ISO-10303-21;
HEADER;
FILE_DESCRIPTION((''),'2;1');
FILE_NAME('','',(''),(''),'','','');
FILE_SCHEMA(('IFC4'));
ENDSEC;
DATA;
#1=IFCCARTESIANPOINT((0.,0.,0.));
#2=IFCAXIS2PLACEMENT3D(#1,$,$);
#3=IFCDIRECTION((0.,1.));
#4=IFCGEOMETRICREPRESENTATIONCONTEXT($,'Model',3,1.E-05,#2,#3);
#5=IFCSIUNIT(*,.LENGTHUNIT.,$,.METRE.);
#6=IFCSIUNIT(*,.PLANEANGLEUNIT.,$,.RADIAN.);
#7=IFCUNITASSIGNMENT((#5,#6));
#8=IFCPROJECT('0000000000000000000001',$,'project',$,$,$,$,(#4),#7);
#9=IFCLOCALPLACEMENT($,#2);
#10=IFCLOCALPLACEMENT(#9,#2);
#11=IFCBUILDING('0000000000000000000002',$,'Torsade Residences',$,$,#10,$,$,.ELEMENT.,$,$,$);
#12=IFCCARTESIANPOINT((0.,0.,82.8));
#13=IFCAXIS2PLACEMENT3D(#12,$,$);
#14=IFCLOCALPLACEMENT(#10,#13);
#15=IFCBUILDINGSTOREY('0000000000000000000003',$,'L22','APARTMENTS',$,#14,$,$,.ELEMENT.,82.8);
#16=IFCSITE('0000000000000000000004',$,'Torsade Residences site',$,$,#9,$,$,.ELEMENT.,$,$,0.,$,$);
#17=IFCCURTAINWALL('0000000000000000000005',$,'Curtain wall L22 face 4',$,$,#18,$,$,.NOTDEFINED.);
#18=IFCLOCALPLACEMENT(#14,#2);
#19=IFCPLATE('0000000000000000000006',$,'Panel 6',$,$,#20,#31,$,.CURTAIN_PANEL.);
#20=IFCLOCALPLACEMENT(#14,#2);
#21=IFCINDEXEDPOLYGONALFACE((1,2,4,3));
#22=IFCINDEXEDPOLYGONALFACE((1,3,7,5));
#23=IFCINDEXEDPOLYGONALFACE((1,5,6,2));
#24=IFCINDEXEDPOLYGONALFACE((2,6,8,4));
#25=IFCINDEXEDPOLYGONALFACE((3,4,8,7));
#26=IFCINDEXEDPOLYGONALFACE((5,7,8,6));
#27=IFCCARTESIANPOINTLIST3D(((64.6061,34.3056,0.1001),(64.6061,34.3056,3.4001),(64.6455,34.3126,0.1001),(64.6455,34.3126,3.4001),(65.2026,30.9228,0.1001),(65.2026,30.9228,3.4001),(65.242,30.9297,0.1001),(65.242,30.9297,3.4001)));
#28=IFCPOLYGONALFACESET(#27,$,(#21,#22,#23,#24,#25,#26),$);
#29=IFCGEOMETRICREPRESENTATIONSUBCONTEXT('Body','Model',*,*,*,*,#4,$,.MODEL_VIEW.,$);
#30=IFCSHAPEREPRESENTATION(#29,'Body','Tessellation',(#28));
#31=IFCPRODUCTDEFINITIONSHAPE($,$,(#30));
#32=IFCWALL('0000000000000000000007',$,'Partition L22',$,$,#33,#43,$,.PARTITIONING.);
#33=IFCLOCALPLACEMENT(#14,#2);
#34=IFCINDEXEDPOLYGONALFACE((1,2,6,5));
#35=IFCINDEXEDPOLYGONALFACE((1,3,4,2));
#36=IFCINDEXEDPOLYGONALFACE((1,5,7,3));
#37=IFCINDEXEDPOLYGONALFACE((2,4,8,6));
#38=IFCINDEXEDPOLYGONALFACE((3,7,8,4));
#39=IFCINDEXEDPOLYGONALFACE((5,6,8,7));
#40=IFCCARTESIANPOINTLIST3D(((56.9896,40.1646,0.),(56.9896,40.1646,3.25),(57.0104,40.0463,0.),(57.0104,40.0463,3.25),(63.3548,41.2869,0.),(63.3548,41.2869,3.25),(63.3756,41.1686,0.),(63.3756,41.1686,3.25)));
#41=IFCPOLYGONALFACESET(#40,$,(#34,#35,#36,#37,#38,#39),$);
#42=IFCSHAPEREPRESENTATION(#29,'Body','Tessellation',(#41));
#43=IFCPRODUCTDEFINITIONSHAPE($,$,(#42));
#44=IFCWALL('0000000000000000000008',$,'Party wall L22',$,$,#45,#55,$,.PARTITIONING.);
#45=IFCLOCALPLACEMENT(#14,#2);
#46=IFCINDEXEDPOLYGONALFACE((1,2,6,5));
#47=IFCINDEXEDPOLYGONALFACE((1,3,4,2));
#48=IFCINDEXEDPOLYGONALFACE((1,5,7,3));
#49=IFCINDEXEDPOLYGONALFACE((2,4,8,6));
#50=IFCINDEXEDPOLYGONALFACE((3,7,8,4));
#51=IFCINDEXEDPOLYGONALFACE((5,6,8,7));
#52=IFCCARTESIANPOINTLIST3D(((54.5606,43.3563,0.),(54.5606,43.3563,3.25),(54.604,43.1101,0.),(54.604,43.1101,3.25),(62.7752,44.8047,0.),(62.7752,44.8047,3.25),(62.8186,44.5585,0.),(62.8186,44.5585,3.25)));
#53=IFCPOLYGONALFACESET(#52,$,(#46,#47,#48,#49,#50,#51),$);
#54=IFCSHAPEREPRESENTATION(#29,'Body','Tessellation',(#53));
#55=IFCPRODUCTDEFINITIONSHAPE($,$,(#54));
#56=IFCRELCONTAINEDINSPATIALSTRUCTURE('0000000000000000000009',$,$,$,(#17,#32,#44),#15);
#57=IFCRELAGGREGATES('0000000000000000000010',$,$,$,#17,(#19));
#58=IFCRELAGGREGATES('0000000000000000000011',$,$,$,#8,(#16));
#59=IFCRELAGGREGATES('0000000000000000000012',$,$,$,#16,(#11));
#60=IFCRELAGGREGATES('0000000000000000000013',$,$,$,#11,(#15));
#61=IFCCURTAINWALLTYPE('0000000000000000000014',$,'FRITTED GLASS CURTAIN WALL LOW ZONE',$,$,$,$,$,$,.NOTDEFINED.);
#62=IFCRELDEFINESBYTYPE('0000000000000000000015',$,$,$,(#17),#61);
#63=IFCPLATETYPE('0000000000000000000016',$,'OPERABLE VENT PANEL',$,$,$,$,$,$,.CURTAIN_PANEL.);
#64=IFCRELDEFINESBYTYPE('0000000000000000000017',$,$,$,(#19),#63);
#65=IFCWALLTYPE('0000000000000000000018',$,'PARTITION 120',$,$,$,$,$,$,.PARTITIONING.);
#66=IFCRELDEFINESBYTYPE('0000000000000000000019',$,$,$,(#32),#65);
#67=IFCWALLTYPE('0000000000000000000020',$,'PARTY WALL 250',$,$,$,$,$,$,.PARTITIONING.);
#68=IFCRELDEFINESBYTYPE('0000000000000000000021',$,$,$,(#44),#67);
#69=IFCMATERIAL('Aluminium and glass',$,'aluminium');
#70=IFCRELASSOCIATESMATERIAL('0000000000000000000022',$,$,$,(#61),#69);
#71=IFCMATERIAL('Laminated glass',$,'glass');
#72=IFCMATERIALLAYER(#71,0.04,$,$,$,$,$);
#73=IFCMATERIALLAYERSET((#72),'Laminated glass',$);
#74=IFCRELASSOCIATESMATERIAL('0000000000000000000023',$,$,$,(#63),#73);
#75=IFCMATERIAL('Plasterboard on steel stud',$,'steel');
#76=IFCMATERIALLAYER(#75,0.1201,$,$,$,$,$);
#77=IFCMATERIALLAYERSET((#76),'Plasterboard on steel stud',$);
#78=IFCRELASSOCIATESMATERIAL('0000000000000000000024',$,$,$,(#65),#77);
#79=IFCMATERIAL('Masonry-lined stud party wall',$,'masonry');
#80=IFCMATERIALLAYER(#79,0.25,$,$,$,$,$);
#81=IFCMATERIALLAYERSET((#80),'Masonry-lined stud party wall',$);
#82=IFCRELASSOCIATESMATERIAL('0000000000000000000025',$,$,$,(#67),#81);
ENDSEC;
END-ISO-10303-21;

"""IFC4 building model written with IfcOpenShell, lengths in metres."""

from ifc_helpers import new_model, si_unit, direction, frame, frame_2d, origin, origin_2d, place, context, subcontext, project, spatial, rectangle, extrude, material, layer, layer_set, type_object, element, aggregate, save


model = new_model("IFC4")

# Units and contexts
model_context = context("Model", 3, precision=1e-05, world=origin(), true_north=direction((0.0, 1.0)))
body_context = subcontext(model_context, "Body", "Model", "MODEL_VIEW")
ifc_project = project(units=[si_unit("LENGTHUNIT", "METRE"), si_unit("PLANEANGLEUNIT", "RADIAN")], contexts=[model_context])

# Site, building, storey
site_placement = place(None, origin())
site = spatial("IfcSite", under=ifc_project, at=site_placement, Name="Torsade Residences site", CompositionType="ELEMENT", RefElevation=0.0)
building_placement = place(site_placement, origin())
building = spatial("IfcBuilding", under=site, at=building_placement, Name="Torsade Residences", CompositionType="ELEMENT")
storey_placement = place(building_placement, frame((0.0, 0.0, 82.8)))
storey = spatial("IfcBuildingStorey", under=building, at=storey_placement, Name="L22", Description="APARTMENTS", CompositionType="ELEMENT", Elevation=82.8)

# Curtain wall
ifc_material_1 = material(Name="Aluminium and glass", Category="aluminium")
curtain_wall_type = type_object("IfcCurtainWallType", Name="FRITTED GLASS CURTAIN WALL LOW ZONE", PredefinedType="NOTDEFINED", material=ifc_material_1)
curtain_wall_placement = place(storey_placement, origin())
curtain_wall = element("IfcCurtainWall", 1, at=curtain_wall_placement, inside=storey, type_object=curtain_wall_type, Name="Curtain wall L22 face 4", PredefinedType="NOTDEFINED")

# Plate
ifc_material_2 = material(Name="Laminated glass", Category="glass")
ifc_layer_1 = layer(ifc_material_2, 0.04)
ifc_layer_set_1 = layer_set([ifc_layer_1], Name="Laminated glass")
plate_type_1 = type_object("IfcPlateType", Name="OPERABLE VENT PANEL", PredefinedType="CURTAIN_PANEL", material=ifc_layer_set_1)
plate_1_placement = place(storey_placement, frame((64.9241, 32.6177, 0.1001), z_axis=(0.0, 0.0, 1.0), x_axis=(-0.173648, 0.984808, 0.0)))
plate_1 = element("IfcPlate", 2, at=plate_1_placement, type_object=plate_type_1, Name="Panel 6", PredefinedType="CURTAIN_PANEL", context=body_context, shape_type="SweptSolid", body=[
    extrude(rectangle(XDim=3.4351, YDim=0.04, at=origin_2d()), origin(), (0.0, 0.0, 1.0), 3.3),
])
aggregate(curtain_wall, [plate_1])

# Walls
ifc_material_3 = material(Name="Plasterboard on steel stud", Category="steel")
ifc_layer_2 = layer(ifc_material_3, 0.1201)
ifc_layer_set_2 = layer_set([ifc_layer_2], Name="Plasterboard on steel stud")
wall_type_1 = type_object("IfcWallType", Name="PARTITION 120", PredefinedType="PARTITIONING", material=ifc_layer_set_2)
wall_1_placement = place(storey_placement, frame((57.0, 40.1055, 0.0), z_axis=(0.0, 0.0, 1.0), x_axis=(0.984809, 0.173641, 0.0)))
element("IfcWall", 3, at=wall_1_placement, inside=storey, type_object=wall_type_1, Name="Partition L22", PredefinedType="PARTITIONING", context=body_context, shape_type="SweptSolid", body=[
    extrude(rectangle(XDim=6.4634, YDim=0.1201, at=frame_2d((3.2317, 0.0))), origin(), (0.0, 0.0, 1.0), 3.25),
])
ifc_material_4 = material(Name="Masonry-lined stud party wall", Category="masonry")
ifc_layer_3 = layer(ifc_material_4, 0.25)
ifc_layer_set_3 = layer_set([ifc_layer_3], Name="Masonry-lined stud party wall")
wall_type_2 = type_object("IfcWallType", Name="PARTY WALL 250", PredefinedType="PARTITIONING", material=ifc_layer_set_3)
wall_2_placement = place(storey_placement, frame((62.7969, 44.6816, 0.0), z_axis=(0.0, 0.0, 1.0), x_axis=(-0.984807, -0.173652, 0.0)))
element("IfcWall", 4, at=wall_2_placement, inside=storey, type_object=wall_type_2, Name="Party wall L22", PredefinedType="PARTITIONING", context=body_context, shape_type="SweptSolid", body=[
    extrude(rectangle(XDim=8.3413, YDim=0.25, at=frame_2d((4.1707, 0.0))), origin(), (0.0, 0.0, 1.0), 3.25),
])

save(model, "model.ifc")
